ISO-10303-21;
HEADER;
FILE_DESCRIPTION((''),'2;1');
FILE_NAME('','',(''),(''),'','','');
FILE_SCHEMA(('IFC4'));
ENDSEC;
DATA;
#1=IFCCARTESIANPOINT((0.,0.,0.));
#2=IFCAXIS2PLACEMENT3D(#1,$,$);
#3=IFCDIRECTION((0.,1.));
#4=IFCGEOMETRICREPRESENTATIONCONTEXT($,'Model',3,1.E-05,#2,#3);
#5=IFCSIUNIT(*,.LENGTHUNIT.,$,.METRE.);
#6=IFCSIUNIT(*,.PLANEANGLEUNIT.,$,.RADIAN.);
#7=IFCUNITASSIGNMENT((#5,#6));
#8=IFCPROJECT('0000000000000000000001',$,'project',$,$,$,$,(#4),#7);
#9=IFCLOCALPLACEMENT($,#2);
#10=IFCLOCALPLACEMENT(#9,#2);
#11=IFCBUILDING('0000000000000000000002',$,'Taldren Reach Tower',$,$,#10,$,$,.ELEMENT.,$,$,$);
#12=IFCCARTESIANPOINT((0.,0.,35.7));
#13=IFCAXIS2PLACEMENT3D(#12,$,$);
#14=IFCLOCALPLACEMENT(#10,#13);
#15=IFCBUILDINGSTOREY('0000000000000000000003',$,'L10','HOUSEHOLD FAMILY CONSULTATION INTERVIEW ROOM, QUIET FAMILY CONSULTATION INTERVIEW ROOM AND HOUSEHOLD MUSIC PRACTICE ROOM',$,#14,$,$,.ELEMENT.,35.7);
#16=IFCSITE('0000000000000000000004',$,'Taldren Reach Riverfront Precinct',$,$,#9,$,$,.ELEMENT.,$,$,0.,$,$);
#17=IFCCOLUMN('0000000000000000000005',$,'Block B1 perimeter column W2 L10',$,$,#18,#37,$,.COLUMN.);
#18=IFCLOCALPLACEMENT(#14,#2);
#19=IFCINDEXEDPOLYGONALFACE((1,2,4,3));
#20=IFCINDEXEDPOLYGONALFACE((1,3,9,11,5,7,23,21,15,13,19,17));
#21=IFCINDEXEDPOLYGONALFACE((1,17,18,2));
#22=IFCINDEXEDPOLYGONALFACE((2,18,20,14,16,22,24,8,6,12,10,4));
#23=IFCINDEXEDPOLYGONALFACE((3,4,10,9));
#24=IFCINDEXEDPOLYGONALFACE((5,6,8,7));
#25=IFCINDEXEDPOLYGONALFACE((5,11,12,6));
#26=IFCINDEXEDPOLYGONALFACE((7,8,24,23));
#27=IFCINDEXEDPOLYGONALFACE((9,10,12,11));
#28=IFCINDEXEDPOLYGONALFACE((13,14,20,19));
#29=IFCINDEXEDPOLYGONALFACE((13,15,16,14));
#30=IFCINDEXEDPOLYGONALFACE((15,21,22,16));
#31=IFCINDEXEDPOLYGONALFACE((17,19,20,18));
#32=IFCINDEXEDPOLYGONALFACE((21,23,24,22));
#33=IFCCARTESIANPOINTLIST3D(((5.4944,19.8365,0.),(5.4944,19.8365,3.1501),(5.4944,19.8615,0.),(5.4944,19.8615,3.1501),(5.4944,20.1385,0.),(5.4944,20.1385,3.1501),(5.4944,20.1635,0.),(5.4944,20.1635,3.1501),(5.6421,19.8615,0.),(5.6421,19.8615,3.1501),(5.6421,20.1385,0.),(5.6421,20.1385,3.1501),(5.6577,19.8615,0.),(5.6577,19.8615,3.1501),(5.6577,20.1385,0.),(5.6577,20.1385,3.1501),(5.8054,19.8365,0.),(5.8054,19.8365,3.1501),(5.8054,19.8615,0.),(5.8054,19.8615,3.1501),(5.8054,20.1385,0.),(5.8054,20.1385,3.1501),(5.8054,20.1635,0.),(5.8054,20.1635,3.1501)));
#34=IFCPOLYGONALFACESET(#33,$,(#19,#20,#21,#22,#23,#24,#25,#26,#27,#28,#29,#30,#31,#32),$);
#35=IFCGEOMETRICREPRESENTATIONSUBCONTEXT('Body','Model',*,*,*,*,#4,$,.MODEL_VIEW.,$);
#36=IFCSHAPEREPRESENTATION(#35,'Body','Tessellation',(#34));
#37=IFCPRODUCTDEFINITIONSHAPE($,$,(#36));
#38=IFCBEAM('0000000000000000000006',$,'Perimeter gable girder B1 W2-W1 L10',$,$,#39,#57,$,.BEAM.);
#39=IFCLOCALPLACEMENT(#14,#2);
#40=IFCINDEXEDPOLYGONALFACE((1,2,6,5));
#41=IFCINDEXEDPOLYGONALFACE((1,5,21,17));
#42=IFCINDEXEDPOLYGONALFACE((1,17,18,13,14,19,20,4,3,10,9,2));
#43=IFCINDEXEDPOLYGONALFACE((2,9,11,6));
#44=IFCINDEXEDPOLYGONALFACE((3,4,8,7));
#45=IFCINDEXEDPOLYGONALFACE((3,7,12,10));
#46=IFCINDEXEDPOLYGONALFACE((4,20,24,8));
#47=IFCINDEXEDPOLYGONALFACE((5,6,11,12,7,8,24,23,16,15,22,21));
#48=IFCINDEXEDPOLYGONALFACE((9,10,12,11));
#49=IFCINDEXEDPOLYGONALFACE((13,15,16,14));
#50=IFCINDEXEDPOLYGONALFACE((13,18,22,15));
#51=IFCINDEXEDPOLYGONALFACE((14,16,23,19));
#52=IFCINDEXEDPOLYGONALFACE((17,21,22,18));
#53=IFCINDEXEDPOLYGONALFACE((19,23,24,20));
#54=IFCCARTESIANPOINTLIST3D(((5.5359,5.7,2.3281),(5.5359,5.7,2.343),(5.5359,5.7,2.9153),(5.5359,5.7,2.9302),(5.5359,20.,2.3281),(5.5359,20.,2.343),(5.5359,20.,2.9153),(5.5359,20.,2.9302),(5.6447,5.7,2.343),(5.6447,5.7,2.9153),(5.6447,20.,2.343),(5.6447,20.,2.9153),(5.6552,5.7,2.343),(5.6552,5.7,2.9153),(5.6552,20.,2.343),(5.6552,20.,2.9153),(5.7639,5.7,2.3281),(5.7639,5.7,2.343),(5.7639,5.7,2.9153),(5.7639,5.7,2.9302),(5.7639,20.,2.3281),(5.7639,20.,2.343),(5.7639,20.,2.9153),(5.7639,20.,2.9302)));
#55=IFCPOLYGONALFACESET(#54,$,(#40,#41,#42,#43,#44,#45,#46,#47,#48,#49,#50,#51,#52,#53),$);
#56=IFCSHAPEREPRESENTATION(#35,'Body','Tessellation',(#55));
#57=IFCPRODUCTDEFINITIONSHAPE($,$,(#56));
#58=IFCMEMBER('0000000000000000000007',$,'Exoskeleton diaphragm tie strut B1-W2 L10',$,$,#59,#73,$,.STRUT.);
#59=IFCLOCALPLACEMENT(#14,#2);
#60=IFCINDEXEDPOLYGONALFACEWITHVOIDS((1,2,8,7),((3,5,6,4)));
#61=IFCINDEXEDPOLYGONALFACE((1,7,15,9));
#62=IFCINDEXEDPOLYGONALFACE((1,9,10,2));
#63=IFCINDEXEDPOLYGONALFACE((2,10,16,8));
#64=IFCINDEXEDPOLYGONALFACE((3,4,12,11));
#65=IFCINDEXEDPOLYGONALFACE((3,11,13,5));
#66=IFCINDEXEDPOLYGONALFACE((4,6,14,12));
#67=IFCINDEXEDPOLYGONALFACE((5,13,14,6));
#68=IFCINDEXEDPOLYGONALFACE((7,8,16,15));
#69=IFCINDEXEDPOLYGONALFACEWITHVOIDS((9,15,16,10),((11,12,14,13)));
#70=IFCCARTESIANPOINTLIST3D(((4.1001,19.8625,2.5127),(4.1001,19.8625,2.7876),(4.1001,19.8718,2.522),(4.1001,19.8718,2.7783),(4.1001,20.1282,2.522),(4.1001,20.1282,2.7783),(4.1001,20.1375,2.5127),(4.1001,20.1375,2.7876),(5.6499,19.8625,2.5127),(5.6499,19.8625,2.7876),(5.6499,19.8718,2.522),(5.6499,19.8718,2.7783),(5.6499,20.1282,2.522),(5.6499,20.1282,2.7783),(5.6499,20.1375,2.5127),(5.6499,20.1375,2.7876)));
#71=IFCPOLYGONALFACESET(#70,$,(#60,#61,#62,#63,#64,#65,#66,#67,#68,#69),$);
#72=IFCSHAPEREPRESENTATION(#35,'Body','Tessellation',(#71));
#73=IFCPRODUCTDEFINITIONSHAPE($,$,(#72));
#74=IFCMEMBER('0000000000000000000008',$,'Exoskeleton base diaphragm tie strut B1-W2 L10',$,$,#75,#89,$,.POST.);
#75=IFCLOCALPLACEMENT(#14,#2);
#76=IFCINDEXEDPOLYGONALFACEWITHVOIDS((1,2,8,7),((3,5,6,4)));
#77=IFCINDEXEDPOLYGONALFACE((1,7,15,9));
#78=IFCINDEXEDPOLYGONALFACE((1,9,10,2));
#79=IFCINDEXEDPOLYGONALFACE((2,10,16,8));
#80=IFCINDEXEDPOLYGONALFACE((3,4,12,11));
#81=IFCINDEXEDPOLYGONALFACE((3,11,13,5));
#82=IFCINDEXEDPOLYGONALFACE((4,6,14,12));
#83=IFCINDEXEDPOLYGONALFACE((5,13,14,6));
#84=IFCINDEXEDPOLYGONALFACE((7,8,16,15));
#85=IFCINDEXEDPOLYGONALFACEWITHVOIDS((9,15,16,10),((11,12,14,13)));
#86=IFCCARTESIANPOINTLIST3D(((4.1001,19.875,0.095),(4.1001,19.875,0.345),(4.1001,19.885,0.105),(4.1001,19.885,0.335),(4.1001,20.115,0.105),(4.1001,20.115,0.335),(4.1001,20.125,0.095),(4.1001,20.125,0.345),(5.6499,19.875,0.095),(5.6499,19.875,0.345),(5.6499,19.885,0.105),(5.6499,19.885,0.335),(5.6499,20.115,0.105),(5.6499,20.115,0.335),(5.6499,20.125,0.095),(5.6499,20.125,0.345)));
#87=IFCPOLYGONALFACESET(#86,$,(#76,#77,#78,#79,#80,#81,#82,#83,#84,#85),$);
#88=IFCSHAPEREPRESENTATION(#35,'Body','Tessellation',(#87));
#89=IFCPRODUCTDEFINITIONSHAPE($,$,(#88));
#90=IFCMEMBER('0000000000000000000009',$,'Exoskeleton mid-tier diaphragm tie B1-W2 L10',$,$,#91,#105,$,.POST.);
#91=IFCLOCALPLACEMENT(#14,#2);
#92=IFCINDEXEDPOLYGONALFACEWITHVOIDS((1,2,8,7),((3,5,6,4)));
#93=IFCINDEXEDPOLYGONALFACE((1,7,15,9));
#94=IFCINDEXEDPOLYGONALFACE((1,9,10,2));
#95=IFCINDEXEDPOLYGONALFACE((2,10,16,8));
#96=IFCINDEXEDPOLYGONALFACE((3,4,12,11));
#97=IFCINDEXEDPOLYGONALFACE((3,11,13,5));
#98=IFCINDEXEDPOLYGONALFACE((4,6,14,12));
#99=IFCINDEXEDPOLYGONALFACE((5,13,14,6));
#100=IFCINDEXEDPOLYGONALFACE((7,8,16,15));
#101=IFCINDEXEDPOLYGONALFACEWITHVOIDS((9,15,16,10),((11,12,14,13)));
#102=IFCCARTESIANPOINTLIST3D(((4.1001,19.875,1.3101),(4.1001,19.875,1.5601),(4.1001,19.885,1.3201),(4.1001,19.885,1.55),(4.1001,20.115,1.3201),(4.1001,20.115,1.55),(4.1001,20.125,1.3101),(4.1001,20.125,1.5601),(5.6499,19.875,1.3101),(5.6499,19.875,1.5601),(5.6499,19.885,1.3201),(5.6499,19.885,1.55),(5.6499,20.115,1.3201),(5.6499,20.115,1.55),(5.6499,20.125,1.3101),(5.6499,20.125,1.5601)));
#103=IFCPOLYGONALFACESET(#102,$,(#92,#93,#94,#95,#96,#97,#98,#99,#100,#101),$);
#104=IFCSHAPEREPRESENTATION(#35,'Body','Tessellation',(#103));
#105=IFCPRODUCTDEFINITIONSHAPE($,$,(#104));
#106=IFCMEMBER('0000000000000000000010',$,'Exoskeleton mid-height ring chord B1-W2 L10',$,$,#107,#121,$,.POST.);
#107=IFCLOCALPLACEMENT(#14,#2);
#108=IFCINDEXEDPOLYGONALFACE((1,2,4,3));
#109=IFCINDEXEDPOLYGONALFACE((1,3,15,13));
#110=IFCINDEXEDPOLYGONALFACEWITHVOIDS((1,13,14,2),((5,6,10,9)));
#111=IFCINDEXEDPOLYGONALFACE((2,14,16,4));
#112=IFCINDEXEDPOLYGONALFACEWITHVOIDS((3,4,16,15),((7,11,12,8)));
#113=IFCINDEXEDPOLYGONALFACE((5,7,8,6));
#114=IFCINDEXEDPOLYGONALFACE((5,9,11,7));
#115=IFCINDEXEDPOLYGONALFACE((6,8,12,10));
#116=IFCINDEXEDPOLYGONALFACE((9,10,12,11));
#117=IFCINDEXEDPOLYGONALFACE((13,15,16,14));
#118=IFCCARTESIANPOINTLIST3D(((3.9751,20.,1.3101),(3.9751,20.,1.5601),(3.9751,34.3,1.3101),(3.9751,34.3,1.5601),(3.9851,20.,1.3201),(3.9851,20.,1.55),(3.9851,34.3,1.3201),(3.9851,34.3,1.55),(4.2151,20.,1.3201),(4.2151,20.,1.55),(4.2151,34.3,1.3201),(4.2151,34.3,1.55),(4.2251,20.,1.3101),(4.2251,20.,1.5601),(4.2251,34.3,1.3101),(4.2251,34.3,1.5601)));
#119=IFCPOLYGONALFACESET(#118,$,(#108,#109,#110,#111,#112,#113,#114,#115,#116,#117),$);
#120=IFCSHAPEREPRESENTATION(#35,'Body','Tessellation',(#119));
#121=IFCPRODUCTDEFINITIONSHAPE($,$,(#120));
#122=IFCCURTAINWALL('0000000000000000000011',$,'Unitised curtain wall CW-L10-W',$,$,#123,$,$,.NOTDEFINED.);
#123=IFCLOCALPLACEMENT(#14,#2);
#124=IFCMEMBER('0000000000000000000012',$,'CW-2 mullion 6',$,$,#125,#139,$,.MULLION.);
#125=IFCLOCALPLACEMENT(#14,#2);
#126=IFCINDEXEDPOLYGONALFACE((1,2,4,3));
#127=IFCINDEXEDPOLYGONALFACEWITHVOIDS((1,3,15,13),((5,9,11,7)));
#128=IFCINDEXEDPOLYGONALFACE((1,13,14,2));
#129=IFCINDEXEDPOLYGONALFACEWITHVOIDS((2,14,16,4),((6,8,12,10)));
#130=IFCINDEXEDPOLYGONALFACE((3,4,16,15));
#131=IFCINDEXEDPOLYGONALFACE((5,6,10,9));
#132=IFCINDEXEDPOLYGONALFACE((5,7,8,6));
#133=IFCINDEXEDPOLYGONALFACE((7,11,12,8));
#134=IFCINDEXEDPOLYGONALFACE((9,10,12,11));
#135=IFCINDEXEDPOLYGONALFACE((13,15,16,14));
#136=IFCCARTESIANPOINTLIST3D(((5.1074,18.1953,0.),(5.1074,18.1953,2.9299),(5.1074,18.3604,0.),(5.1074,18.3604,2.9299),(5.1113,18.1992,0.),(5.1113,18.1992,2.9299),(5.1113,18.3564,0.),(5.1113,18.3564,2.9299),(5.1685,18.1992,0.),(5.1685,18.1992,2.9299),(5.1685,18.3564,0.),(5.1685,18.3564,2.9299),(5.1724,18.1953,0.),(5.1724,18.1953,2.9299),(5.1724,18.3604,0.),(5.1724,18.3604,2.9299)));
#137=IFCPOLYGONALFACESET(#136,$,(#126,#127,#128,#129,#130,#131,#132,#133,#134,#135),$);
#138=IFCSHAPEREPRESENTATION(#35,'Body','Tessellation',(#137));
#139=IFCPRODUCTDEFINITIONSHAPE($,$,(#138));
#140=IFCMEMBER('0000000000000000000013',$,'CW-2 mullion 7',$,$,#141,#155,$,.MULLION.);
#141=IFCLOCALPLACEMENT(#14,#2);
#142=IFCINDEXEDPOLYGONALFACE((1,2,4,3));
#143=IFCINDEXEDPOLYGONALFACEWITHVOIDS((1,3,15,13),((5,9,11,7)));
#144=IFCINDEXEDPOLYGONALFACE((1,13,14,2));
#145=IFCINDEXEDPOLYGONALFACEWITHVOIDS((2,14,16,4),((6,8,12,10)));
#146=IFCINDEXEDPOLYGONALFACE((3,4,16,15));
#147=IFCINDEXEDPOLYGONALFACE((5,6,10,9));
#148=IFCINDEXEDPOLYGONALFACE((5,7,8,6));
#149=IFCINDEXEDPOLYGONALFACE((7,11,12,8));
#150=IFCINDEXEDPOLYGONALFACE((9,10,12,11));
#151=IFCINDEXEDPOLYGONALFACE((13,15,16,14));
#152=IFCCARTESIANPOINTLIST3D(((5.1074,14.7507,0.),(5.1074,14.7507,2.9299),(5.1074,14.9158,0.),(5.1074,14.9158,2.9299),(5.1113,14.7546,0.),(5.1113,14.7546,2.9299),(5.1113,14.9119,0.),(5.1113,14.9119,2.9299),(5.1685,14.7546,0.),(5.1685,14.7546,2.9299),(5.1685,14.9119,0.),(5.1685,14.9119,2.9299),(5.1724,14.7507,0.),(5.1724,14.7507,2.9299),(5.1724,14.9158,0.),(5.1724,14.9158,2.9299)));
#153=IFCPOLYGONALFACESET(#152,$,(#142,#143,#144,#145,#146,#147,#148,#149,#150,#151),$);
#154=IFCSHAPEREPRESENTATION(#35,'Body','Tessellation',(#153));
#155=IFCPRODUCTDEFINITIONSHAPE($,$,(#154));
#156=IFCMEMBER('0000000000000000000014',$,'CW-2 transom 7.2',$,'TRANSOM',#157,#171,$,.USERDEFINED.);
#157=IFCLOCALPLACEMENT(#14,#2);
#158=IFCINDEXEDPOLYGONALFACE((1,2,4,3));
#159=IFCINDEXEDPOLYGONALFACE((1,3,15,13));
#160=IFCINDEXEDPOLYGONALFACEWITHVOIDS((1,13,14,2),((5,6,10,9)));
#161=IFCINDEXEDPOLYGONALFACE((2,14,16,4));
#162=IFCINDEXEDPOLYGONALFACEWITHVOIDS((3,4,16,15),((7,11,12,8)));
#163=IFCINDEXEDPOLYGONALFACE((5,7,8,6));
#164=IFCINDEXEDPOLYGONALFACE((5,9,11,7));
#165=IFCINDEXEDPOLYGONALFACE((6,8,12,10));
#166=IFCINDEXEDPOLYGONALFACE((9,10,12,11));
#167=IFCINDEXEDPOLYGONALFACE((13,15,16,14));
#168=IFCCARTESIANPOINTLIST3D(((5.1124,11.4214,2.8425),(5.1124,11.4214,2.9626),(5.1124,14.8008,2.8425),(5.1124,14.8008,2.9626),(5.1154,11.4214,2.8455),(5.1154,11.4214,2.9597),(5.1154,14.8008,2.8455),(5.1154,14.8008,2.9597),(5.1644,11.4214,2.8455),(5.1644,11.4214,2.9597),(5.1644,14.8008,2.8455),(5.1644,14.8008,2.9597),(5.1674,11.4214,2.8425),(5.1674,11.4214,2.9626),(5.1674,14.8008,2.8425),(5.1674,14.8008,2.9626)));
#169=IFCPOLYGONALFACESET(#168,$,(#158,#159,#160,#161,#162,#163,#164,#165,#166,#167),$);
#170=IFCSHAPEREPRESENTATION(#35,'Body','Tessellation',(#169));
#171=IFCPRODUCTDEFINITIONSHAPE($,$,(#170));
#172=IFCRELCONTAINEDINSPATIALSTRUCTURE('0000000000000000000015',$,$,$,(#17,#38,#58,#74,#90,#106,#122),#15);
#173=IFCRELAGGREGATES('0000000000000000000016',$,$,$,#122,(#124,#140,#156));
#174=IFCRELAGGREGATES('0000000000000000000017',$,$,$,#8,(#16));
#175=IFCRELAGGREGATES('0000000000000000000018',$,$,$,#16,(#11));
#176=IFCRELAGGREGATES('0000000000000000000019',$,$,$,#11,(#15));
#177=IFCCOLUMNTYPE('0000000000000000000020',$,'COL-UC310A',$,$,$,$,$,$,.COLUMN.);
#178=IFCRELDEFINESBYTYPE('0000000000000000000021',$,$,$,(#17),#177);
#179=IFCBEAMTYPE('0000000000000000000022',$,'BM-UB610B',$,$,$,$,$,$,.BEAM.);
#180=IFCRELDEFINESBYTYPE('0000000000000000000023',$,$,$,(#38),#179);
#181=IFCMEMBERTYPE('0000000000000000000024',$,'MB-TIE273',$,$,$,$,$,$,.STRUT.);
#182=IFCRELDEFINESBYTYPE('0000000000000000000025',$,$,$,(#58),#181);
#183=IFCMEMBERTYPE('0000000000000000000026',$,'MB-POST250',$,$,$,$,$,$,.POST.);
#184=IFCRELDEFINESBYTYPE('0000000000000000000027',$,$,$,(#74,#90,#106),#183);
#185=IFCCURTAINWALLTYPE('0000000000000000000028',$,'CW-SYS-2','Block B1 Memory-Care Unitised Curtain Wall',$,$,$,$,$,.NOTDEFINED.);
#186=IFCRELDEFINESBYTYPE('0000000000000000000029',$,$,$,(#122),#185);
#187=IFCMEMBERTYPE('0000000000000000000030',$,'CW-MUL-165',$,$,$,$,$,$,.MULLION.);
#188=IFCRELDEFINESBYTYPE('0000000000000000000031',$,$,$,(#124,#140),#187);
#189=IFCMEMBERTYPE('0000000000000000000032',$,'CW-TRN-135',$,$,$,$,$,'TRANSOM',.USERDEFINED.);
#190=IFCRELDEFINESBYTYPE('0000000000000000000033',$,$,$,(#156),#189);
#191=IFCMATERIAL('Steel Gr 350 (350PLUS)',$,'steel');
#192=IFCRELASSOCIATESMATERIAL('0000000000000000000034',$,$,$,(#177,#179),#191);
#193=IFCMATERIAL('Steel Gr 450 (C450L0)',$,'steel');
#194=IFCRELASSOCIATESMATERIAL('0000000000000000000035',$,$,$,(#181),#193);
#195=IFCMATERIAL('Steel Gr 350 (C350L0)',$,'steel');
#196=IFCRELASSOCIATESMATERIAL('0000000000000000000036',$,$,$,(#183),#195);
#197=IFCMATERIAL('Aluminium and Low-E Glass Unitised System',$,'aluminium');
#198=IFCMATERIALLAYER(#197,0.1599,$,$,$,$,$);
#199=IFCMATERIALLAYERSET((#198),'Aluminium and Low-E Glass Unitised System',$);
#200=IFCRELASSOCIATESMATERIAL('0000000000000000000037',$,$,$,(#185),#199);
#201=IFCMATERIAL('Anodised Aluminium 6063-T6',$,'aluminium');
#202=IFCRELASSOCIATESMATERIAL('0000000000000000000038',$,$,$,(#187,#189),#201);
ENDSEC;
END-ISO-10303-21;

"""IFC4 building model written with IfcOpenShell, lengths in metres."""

from ifc_helpers import new_model, si_unit, direction, frame, origin, origin_2d, place, context, subcontext, project, spatial, hollow_rectangle, i_section, extrude, source, transform, mapped, material, layer, layer_set, material_profile, profile_set, type_object, element, aggregate, save


model = new_model("IFC4")

# Units and contexts
model_context = context("Model", 3, precision=1e-05, world=origin(), true_north=direction((0.0, 1.0)))
body_context = subcontext(model_context, "Body", "Model", "MODEL_VIEW")
ifc_project = project(units=[si_unit("LENGTHUNIT", "METRE"), si_unit("PLANEANGLEUNIT", "RADIAN")], contexts=[model_context])

# Site, building, storey
site_placement = place(None, origin())
site = spatial("IfcSite", under=ifc_project, at=site_placement, Name="Taldren Reach Riverfront Precinct", CompositionType="ELEMENT", RefElevation=0.0)
building_placement = place(site_placement, origin())
building = spatial("IfcBuilding", under=site, at=building_placement, Name="Taldren Reach Tower", CompositionType="ELEMENT")
storey_placement = place(building_placement, frame((0.0, 0.0, 35.7)))
storey = spatial("IfcBuildingStorey", under=building, at=storey_placement, Name="L10", Description="HOUSEHOLD FAMILY CONSULTATION INTERVIEW ROOM, QUIET FAMILY CONSULTATION INTERVIEW ROOM AND HOUSEHOLD MUSIC PRACTICE ROOM", CompositionType="ELEMENT", Elevation=35.7)

# Column
ifc_material_1 = material(Name="Steel Gr 350 (350PLUS)", Category="steel")
ifc_material_profile_1 = material_profile(ifc_material_1, i_section(OverallWidth=0.311, OverallDepth=0.3269, WebThickness=0.0156, FlangeThickness=0.0249, at=origin_2d()), Name="310UC158")
ifc_profile_set_1 = profile_set([ifc_material_profile_1], Name="Steel Gr 350 (350PLUS)")
column_type = type_object("IfcColumnType", Name="COL-UC310A", PredefinedType="COLUMN", material=ifc_profile_set_1)
shared_shape_1 = source(origin(), body_context, "Body", "SweptSolid", [
    extrude(i_section(OverallWidth=0.311, OverallDepth=0.3269, WebThickness=0.0156, FlangeThickness=0.0249, at=origin_2d()), origin(), (0.0, 0.0, 1.0), 3.1501),
])
column_placement = place(storey_placement, frame((5.6499, 20.0, 0.0), z_axis=(0.0, 0.0, 1.0), x_axis=(1.0, 0.0, 0.0)))
element("IfcColumn", 1, at=column_placement, inside=storey, type_object=column_type, Name="Block B1 perimeter column W2 L10", PredefinedType="COLUMN", context=body_context, shape_type="MappedRepresentation", body=[
    mapped(shared_shape_1, transform((0.0, 0.0, 0.0), scale=1.0)),
])

# Beam
ifc_material_profile_2 = material_profile(ifc_material_1, i_section(OverallWidth=0.228, OverallDepth=0.6021, WebThickness=0.0105, FlangeThickness=0.0149, at=origin_2d()), Name="610UB101")
ifc_profile_set_2 = profile_set([ifc_material_profile_2], Name="Steel Gr 350 (350PLUS)")
beam_type = type_object("IfcBeamType", Name="BM-UB610B", PredefinedType="BEAM", material=ifc_profile_set_2)
shared_shape_2 = source(origin(), body_context, "Body", "SweptSolid", [
    extrude(i_section(OverallWidth=0.228, OverallDepth=0.6021, WebThickness=0.0105, FlangeThickness=0.0149, at=origin_2d()), origin(), (0.0, 0.0, 1.0), 14.3),
])
beam_placement = place(storey_placement, frame((5.6499, 20.0, 2.6292), z_axis=(0.0, -1.0, 0.0), x_axis=(1.0, 0.0, 0.0)))
element("IfcBeam", 2, at=beam_placement, inside=storey, type_object=beam_type, Name="Perimeter gable girder B1 W2-W1 L10", PredefinedType="BEAM", context=body_context, shape_type="MappedRepresentation", body=[
    mapped(shared_shape_2, transform((0.0, 0.0, 0.0), scale=1.0)),
])

# Members
ifc_material_2 = material(Name="Steel Gr 450 (C450L0)", Category="steel")
ifc_material_profile_3 = material_profile(ifc_material_2, hollow_rectangle(XDim=0.2749, YDim=0.2749, WallThickness=0.0093, at=origin_2d()), Name="275x275x9.3SHS")
ifc_profile_set_3 = profile_set([ifc_material_profile_3], Name="Steel Gr 450 (C450L0)")
member_type_1 = type_object("IfcMemberType", Name="MB-TIE273", PredefinedType="STRUT", material=ifc_profile_set_3)
shared_shape_3 = source(origin(), body_context, "Body", "SweptSolid", [
    extrude(hollow_rectangle(XDim=0.2749, YDim=0.2749, WallThickness=0.0093, at=origin_2d()), origin(), (0.0, 0.0, 1.0), 1.5498),
])
member_1_placement = place(storey_placement, frame((5.6499, 20.0, 2.6501), z_axis=(-1.0, 0.0, 0.0), x_axis=(0.0, -1.0, 0.0)))
element("IfcMember", 3, at=member_1_placement, inside=storey, type_object=member_type_1, Name="Exoskeleton diaphragm tie strut B1-W2 L10", PredefinedType="STRUT", context=body_context, shape_type="MappedRepresentation", body=[
    mapped(shared_shape_3, transform((0.0, 0.0, 0.0), scale=1.0)),
])
ifc_material_3 = material(Name="Steel Gr 350 (C350L0)", Category="steel")
ifc_material_profile_4 = material_profile(ifc_material_3, hollow_rectangle(XDim=0.25, YDim=0.25, WallThickness=0.01, at=origin_2d()), Name="250x250x10.0SHS")
ifc_profile_set_4 = profile_set([ifc_material_profile_4], Name="Steel Gr 350 (C350L0)")
member_type_2 = type_object("IfcMemberType", Name="MB-POST250", PredefinedType="POST", material=ifc_profile_set_4)
shared_shape_4 = source(origin(), body_context, "Body", "SweptSolid", [
    extrude(hollow_rectangle(XDim=0.25, YDim=0.25, WallThickness=0.01, at=origin_2d()), origin(), (0.0, 0.0, 1.0), 1.5498),
])
for number, where, z_axis, x_axis, name in (
    (4, (5.6499, 20.0, 0.22), (-1.0, 0.0, 0.0), (0.0, -1.0, 0.0), "Exoskeleton base diaphragm tie strut B1-W2 L10"),
    (5, (5.6499, 20.0, 1.4351), (-1.0, 0.0, 0.0), (0.0, -1.0, 0.0), "Exoskeleton mid-tier diaphragm tie B1-W2 L10"),
):
    element("IfcMember", number, at=place(storey_placement, frame(where, z_axis=z_axis, x_axis=x_axis)), inside=storey, type_object=member_type_2, Name=name, PredefinedType="POST", context=body_context, shape_type="MappedRepresentation", body=[
        mapped(shared_shape_4, transform((0.0, 0.0, 0.0), scale=1.0)),
    ])
shared_shape_5 = source(origin(), body_context, "Body", "SweptSolid", [
    extrude(hollow_rectangle(XDim=0.25, YDim=0.25, WallThickness=0.01, at=origin_2d()), origin(), (0.0, 0.0, 1.0), 14.3),
])
member_2_placement = place(storey_placement, frame((4.1001, 20.0, 1.4351), z_axis=(0.0, 1.0, 0.0), x_axis=(-1.0, 0.0, 0.0)))
element("IfcMember", 6, at=member_2_placement, inside=storey, type_object=member_type_2, Name="Exoskeleton mid-height ring chord B1-W2 L10", PredefinedType="POST", context=body_context, shape_type="MappedRepresentation", body=[
    mapped(shared_shape_5, transform((0.0, 0.0, 0.0), scale=1.0)),
])

# Curtain wall, members
ifc_material_4 = material(Name="Aluminium and Low-E Glass Unitised System", Category="aluminium")
ifc_layer_1 = layer(ifc_material_4, 0.1599)
ifc_layer_set_1 = layer_set([ifc_layer_1], Name="Aluminium and Low-E Glass Unitised System")
curtain_wall_type = type_object("IfcCurtainWallType", Name="CW-SYS-2", Description="Block B1 Memory-Care Unitised Curtain Wall", PredefinedType="NOTDEFINED", material=ifc_layer_set_1)
curtain_wall_placement = place(storey_placement, origin())
curtain_wall = element("IfcCurtainWall", 7, at=curtain_wall_placement, inside=storey, type_object=curtain_wall_type, Name="Unitised curtain wall CW-L10-W", PredefinedType="NOTDEFINED")
ifc_material_5 = material(Name="Anodised Aluminium 6063-T6", Category="aluminium")
ifc_material_profile_5 = material_profile(ifc_material_5, hollow_rectangle(XDim=0.0649, YDim=0.165, WallThickness=0.0039, at=origin_2d()), Name="ALU-165x65x4RHS")
ifc_profile_set_5 = profile_set([ifc_material_profile_5], Name="Anodised Aluminium 6063-T6")
member_type_3 = type_object("IfcMemberType", Name="CW-MUL-165", PredefinedType="MULLION", material=ifc_profile_set_5)
shared_shape_6 = source(origin(), body_context, "Body", "SweptSolid", [
    extrude(hollow_rectangle(XDim=0.0649, YDim=0.165, WallThickness=0.0039, at=origin_2d()), origin(), (0.0, 0.0, 1.0), 2.9299),
])
member_3_placement = place(storey_placement, frame((5.1399, 18.2778, 0.0), z_axis=(0.0, 0.0, 1.0), x_axis=(1.0, 0.0, 0.0)))
member_3 = element("IfcMember", 8, at=member_3_placement, type_object=member_type_3, Name="CW-2 mullion 6", PredefinedType="MULLION", context=body_context, shape_type="MappedRepresentation", body=[
    mapped(shared_shape_6, transform((0.0, 0.0, 0.0), scale=1.0)),
])
member_4_placement = place(storey_placement, frame((5.1399, 14.8333, 0.0), z_axis=(0.0, 0.0, 1.0), x_axis=(1.0, 0.0, 0.0)))
member_4 = element("IfcMember", 9, at=member_4_placement, type_object=member_type_3, Name="CW-2 mullion 7", PredefinedType="MULLION", context=body_context, shape_type="MappedRepresentation", body=[
    mapped(shared_shape_6, transform((0.0, 0.0, 0.0), scale=1.0)),
])
ifc_material_profile_6 = material_profile(ifc_material_5, hollow_rectangle(XDim=0.0549, YDim=0.1201, WallThickness=0.0029, at=origin_2d()), Name="ALU-120x55x3RHS")
ifc_profile_set_6 = profile_set([ifc_material_profile_6], Name="Anodised Aluminium 6063-T6")
member_type_4 = type_object("IfcMemberType", Name="CW-TRN-135", ElementType="TRANSOM", PredefinedType="USERDEFINED", material=ifc_profile_set_6)
shared_shape_7 = source(origin(), body_context, "Body", "SweptSolid", [
    extrude(hollow_rectangle(XDim=0.0549, YDim=0.1201, WallThickness=0.0029, at=origin_2d()), origin(), (0.0, 0.0, 1.0), 3.3794),
])
member_5_placement = place(storey_placement, frame((5.1399, 14.8008, 2.9026), z_axis=(0.0, -1.0, 0.0), x_axis=(1.0, 0.0, 0.0)))
member_5 = element("IfcMember", 10, at=member_5_placement, type_object=member_type_4, Name="CW-2 transom 7.2", ObjectType="TRANSOM", PredefinedType="USERDEFINED", context=body_context, shape_type="MappedRepresentation", body=[
    mapped(shared_shape_7, transform((0.0, 0.0, 0.0), scale=1.0)),
])

aggregate(curtain_wall, [member_3, member_4, member_5])

save(model, "model.ifc")
